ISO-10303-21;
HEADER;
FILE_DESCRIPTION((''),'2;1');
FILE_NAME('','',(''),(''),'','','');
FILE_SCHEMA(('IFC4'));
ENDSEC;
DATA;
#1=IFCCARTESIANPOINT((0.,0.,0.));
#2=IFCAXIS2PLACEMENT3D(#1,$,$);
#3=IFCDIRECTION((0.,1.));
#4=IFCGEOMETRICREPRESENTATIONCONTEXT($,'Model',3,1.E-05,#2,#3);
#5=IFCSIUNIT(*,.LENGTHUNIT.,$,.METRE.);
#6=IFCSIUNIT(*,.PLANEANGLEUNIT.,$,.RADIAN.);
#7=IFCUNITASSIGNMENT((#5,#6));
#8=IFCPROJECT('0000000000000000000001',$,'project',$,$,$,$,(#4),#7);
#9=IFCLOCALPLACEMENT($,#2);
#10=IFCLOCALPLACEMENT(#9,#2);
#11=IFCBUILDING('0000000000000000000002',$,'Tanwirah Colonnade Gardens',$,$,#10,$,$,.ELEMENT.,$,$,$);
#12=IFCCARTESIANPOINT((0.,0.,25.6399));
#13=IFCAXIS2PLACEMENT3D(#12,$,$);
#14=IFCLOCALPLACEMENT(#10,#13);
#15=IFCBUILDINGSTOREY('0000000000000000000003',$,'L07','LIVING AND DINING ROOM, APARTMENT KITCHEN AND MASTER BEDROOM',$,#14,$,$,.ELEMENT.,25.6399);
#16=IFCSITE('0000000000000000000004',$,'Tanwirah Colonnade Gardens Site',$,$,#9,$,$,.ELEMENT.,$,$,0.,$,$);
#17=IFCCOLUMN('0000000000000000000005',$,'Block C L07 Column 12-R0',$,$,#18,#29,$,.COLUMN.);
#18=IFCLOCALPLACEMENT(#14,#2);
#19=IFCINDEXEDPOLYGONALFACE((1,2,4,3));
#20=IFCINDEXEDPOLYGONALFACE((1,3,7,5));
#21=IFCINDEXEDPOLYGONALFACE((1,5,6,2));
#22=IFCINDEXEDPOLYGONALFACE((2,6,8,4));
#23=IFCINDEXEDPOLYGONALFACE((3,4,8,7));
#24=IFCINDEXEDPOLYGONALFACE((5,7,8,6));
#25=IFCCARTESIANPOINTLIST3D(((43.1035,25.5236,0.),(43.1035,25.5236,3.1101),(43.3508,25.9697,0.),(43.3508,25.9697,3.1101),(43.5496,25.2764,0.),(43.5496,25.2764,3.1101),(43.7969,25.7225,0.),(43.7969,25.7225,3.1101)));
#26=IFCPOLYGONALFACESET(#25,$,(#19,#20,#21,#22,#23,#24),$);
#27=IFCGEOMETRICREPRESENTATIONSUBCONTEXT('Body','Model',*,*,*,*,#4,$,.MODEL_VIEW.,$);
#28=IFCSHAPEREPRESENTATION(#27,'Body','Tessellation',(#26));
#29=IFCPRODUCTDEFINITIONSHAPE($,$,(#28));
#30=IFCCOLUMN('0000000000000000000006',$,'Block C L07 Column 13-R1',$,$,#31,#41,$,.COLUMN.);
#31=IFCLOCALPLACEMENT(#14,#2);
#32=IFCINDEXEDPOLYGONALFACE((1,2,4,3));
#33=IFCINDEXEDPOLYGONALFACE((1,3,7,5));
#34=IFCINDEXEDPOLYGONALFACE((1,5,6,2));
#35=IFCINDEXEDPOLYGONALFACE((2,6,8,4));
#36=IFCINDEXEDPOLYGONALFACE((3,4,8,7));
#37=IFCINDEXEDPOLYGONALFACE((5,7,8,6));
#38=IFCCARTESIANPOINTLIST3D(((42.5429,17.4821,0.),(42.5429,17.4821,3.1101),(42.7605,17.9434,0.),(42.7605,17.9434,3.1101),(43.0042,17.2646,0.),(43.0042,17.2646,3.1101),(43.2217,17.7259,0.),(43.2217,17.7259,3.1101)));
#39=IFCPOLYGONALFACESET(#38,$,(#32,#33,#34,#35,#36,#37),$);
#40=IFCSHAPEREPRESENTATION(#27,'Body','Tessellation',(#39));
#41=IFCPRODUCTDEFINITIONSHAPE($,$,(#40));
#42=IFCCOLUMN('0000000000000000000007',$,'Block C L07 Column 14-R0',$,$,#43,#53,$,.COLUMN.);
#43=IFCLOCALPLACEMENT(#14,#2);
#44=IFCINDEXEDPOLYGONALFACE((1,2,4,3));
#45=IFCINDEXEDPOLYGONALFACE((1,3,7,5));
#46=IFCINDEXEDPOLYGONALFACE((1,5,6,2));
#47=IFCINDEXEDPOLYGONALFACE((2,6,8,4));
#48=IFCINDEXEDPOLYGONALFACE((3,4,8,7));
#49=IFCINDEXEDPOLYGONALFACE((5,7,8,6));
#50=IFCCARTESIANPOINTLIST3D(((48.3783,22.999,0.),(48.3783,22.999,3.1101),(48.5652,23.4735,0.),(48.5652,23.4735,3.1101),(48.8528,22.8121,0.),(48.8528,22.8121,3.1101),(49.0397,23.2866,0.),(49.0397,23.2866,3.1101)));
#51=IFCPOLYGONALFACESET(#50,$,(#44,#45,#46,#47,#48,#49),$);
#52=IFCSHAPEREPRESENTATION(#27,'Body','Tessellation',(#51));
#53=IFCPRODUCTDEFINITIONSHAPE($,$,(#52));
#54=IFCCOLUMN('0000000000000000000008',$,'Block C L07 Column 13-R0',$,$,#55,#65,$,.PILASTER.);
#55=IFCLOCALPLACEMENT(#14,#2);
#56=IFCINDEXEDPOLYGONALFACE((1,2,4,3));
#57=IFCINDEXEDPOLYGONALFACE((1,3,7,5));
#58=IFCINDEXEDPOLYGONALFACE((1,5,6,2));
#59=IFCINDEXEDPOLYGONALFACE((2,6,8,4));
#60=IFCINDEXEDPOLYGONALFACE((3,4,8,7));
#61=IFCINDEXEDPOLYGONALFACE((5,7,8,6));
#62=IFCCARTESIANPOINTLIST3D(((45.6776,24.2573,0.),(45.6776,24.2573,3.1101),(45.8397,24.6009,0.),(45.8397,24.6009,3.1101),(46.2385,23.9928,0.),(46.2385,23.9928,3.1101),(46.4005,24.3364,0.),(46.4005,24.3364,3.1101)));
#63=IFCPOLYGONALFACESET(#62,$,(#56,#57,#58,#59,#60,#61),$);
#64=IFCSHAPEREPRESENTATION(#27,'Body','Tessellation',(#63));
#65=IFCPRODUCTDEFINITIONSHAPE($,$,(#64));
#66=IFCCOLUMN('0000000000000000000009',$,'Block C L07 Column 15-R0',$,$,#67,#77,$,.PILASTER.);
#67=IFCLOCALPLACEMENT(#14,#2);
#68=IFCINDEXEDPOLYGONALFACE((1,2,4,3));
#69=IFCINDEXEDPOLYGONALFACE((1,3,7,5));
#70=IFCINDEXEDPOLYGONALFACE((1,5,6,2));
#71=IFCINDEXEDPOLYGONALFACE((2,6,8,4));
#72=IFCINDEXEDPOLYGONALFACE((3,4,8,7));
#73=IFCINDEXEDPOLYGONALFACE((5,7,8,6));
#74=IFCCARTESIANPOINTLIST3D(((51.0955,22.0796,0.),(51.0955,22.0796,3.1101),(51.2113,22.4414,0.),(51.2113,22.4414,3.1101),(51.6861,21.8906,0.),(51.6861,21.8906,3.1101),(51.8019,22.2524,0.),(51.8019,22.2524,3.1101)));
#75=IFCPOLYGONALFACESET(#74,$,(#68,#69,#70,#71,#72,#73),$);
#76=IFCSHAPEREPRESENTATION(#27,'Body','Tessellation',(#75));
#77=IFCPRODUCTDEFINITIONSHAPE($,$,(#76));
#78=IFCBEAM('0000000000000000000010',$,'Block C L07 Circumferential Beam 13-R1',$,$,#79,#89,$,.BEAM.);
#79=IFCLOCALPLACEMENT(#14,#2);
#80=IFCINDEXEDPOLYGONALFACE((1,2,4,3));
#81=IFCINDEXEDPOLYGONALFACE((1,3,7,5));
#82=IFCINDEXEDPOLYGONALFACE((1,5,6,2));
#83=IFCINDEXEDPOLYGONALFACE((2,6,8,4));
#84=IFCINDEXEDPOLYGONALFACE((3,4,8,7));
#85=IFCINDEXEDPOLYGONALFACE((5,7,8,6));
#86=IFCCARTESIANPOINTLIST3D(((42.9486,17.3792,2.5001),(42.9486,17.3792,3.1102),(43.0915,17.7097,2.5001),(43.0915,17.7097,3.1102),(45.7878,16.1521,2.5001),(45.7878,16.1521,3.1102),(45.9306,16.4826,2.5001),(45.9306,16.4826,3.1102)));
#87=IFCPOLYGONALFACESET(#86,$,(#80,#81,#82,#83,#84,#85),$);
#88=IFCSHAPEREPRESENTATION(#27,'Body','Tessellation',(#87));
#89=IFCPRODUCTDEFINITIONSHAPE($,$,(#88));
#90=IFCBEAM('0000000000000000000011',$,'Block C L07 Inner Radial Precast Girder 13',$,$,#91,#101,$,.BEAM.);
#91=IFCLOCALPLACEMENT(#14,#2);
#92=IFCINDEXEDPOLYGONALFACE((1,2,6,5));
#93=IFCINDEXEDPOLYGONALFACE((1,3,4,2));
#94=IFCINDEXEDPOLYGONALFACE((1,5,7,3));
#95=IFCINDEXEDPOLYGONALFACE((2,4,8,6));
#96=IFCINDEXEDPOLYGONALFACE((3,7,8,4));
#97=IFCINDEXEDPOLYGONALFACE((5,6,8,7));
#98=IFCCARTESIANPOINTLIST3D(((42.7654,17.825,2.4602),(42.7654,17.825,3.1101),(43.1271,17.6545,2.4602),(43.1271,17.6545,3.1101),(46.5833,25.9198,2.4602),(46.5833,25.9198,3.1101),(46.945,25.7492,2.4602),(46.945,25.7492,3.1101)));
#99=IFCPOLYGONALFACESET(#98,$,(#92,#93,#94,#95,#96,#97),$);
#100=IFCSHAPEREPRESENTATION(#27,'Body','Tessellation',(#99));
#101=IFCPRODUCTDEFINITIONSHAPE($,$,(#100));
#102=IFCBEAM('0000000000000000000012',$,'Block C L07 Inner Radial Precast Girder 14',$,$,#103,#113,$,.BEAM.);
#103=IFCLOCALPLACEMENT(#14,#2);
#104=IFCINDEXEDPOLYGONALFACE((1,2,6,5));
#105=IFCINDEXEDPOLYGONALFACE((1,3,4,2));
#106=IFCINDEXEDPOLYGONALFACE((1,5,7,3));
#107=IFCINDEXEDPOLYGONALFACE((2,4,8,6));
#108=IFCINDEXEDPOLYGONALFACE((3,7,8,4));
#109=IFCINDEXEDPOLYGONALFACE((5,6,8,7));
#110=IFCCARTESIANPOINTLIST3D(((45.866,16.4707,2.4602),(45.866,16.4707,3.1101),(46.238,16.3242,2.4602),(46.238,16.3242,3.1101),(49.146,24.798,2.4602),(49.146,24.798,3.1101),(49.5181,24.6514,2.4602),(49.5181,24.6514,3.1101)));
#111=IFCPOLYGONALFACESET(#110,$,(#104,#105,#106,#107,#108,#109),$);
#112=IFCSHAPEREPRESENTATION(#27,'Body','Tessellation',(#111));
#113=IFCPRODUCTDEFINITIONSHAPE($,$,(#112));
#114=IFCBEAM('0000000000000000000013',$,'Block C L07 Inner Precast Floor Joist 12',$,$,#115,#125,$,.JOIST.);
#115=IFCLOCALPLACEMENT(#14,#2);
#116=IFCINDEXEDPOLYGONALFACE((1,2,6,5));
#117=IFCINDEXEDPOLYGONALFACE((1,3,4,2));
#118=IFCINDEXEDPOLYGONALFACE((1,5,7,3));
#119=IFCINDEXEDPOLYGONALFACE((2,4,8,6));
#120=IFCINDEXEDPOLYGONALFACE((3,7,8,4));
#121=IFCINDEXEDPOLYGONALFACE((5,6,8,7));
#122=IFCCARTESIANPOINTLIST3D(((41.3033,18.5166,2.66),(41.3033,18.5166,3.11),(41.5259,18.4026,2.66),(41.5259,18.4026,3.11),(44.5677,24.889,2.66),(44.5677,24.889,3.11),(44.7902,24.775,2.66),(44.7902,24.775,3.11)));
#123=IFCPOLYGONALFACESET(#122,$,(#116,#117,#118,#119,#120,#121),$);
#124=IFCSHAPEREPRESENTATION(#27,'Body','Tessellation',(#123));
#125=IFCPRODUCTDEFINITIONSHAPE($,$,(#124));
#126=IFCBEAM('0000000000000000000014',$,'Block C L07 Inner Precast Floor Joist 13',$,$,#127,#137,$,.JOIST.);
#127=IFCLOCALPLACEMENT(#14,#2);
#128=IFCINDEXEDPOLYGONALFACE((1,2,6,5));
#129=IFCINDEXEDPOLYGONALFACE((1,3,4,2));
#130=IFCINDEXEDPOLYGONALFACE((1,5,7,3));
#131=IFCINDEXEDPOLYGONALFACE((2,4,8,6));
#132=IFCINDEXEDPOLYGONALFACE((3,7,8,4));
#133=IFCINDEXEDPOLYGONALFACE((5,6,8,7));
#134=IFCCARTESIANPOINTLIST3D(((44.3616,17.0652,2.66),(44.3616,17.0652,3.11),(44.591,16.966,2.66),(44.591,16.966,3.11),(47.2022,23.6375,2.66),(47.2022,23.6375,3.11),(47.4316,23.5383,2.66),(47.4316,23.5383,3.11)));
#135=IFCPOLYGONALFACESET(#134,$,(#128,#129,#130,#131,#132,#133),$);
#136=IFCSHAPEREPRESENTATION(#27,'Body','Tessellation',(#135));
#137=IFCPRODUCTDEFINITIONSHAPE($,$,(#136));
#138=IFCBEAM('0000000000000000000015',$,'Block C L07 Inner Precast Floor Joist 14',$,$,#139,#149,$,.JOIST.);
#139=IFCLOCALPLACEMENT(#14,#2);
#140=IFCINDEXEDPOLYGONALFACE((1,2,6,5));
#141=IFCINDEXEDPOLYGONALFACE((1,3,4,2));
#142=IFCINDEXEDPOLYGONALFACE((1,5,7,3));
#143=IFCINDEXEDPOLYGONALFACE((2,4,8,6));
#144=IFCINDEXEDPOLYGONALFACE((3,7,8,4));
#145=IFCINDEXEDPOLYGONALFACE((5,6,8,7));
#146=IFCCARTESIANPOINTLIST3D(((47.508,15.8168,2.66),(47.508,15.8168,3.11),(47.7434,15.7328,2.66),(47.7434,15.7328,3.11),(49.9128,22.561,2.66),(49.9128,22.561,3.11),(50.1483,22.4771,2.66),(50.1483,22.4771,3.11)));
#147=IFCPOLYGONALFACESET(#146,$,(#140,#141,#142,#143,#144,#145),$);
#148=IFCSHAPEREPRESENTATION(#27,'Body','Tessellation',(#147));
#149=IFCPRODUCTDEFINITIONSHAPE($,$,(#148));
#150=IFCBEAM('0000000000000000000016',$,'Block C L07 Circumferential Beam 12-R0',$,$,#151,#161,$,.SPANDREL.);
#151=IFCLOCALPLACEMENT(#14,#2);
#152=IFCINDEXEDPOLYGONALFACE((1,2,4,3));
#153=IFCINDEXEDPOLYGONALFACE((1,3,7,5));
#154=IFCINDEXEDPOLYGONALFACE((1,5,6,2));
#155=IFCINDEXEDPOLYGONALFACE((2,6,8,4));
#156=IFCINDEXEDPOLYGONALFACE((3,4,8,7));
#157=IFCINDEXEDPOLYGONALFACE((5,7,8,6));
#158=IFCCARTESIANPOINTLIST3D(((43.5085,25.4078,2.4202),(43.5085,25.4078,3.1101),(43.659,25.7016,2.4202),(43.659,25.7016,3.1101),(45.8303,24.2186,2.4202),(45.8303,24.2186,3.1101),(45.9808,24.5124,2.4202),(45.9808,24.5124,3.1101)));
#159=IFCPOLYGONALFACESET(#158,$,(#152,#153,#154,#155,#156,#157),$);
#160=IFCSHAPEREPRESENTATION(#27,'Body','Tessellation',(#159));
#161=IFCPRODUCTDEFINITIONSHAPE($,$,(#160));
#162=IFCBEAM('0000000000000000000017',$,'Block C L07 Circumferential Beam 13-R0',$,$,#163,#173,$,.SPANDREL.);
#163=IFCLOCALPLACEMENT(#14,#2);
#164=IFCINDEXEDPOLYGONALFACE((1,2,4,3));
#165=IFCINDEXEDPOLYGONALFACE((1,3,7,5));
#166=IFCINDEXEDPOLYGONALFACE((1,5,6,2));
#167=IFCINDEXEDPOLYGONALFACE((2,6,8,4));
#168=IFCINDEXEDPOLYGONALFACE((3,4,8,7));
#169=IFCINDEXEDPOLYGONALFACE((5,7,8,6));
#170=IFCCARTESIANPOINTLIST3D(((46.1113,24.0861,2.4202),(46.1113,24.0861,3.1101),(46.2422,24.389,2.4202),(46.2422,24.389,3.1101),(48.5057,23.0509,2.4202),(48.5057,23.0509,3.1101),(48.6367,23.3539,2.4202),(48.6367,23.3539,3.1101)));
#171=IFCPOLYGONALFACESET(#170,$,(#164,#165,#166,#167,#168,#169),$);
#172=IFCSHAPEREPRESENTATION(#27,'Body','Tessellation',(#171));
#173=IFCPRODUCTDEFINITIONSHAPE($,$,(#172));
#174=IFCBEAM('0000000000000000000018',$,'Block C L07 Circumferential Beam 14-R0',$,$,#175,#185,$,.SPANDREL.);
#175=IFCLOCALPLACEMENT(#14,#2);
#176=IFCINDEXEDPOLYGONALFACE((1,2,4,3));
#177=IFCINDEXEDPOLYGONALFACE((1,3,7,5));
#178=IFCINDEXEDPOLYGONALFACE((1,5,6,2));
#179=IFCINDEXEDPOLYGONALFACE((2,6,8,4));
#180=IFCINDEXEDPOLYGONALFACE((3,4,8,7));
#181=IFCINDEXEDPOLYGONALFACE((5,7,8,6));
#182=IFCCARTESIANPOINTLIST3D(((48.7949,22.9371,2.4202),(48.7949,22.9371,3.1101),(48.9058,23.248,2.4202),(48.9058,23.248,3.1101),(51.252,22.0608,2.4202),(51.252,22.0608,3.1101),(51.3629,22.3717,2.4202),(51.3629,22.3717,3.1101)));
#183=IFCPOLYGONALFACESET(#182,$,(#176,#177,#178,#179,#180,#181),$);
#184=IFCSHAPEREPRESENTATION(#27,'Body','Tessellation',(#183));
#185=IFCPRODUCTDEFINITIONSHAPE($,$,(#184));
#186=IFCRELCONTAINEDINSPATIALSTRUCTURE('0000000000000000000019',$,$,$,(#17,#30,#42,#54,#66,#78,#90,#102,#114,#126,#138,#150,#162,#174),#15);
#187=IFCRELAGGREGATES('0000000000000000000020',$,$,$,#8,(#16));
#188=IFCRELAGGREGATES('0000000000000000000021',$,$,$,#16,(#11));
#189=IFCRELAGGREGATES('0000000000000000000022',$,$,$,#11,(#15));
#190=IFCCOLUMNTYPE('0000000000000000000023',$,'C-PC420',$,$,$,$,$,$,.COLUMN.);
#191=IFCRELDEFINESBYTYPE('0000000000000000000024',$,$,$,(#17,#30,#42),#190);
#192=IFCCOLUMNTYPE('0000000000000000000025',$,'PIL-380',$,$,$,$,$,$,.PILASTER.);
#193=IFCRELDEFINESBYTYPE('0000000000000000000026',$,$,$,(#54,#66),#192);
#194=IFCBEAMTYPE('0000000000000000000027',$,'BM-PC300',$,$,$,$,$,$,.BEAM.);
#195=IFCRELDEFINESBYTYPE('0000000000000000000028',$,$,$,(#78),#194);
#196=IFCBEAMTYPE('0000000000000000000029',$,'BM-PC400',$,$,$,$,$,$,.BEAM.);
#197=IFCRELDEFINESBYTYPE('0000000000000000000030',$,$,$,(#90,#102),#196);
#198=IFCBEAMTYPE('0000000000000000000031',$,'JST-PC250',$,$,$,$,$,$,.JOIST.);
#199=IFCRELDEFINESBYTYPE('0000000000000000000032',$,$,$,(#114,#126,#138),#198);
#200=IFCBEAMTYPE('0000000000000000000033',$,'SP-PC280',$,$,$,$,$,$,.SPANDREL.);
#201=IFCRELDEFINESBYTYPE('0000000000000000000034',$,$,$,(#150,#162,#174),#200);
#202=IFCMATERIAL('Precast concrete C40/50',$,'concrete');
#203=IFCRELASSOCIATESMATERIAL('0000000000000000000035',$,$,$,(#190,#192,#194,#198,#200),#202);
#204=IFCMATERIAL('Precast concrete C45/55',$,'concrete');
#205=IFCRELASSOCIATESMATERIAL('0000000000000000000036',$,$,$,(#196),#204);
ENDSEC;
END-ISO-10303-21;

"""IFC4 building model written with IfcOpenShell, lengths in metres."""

from ifc_helpers import new_model, si_unit, direction, frame, origin, origin_2d, place, context, subcontext, project, spatial, rectangle, extrude, material, material_profile, profile_set, type_object, element, save


model = new_model("IFC4")

# Units and contexts
model_context = context("Model", 3, precision=1e-05, world=origin(), true_north=direction((0.0, 1.0)))
body_context = subcontext(model_context, "Body", "Model", "MODEL_VIEW")
ifc_project = project(units=[si_unit("LENGTHUNIT", "METRE"), si_unit("PLANEANGLEUNIT", "RADIAN")], contexts=[model_context])

# Site, building, storey
site_placement = place(None, origin())
site = spatial("IfcSite", under=ifc_project, at=site_placement, Name="Tanwirah Colonnade Gardens Site", CompositionType="ELEMENT", RefElevation=0.0)
building_placement = place(site_placement, origin())
building = spatial("IfcBuilding", under=site, at=building_placement, Name="Tanwirah Colonnade Gardens", CompositionType="ELEMENT")
storey_placement = place(building_placement, frame((0.0, 0.0, 25.6399)))
storey = spatial("IfcBuildingStorey", under=building, at=storey_placement, Name="L07", Description="LIVING AND DINING ROOM, APARTMENT KITCHEN AND MASTER BEDROOM", CompositionType="ELEMENT", Elevation=25.6399)

# Columns
ifc_material_1 = material(Name="Precast concrete C40/50", Category="concrete")
ifc_material_profile_1 = material_profile(ifc_material_1, rectangle(XDim=0.51, YDim=0.51, at=origin_2d()), Name="PC-COL 510x510")
ifc_profile_set_1 = profile_set([ifc_material_profile_1], Name="Precast concrete C40/50")
column_type_1 = type_object("IfcColumnType", Name="C-PC420", PredefinedType="COLUMN", material=ifc_profile_set_1)
for number, where, z_axis, x_axis, name in (
    (1, (43.4502, 25.623, 0.0), (0.0, 0.0, 1.0), (-0.48481, -0.87462, 0.0), "Block C L07 Column 12-R0"),
    (2, (42.8823, 17.604, 0.0), (0.0, 0.0, 1.0), (-0.426569, -0.904455, 0.0), "Block C L07 Column 13-R1"),
    (3, (48.709, 23.1428, 0.0), (0.0, 0.0, 1.0), (-0.366501, -0.930418, 0.0), "Block C L07 Column 14-R0"),
):
    element("IfcColumn", number, at=place(storey_placement, frame(where, z_axis=z_axis, x_axis=x_axis)), inside=storey, type_object=column_type_1, Name=name, PredefinedType="COLUMN", context=body_context, shape_type="SweptSolid", body=[
        extrude(rectangle(XDim=0.51, YDim=0.51, at=origin_2d()), origin(), (0.0, 0.0, 1.0), 3.1101),
    ])
ifc_material_profile_2 = material_profile(ifc_material_1, rectangle(XDim=0.3799, YDim=0.6201, at=origin_2d()), Name="PC-PIL 380x620")
ifc_profile_set_2 = profile_set([ifc_material_profile_2], Name="Precast concrete C40/50")
column_type_2 = type_object("IfcColumnType", Name="PIL-380", PredefinedType="PILASTER", material=ifc_profile_set_2)
for number, where, z_axis, x_axis, name in (
    (4, (46.0391, 24.2969, 0.0), (0.0, 0.0, 1.0), (-0.426569, -0.904455, 0.0), "Block C L07 Column 13-R0"),
    (5, (51.4487, 22.166, 0.0), (0.0, 0.0, 1.0), (-0.304864, -0.952396, 0.0), "Block C L07 Column 15-R0"),
):
    element("IfcColumn", number, at=place(storey_placement, frame(where, z_axis=z_axis, x_axis=x_axis)), inside=storey, type_object=column_type_2, Name=name, PredefinedType="PILASTER", context=body_context, shape_type="SweptSolid", body=[
        extrude(rectangle(XDim=0.3799, YDim=0.6201, at=origin_2d()), origin(), (0.0, 0.0, 1.0), 3.1101),
    ])

# Beams
ifc_material_profile_3 = material_profile(ifc_material_1, rectangle(XDim=0.3601, YDim=0.6101, at=origin_2d()), Name="PC-BM 360x610")
ifc_profile_set_3 = profile_set([ifc_material_profile_3], Name="Precast concrete C40/50")
beam_type_1 = type_object("IfcBeamType", Name="BM-PC300", PredefinedType="BEAM", material=ifc_profile_set_3)
beam_1_placement = place(storey_placement, frame((43.02, 17.5444, 2.8052), z_axis=(0.917936, -0.396728, 0.0), x_axis=(0.396728, 0.917936, 0.0)))
element("IfcBeam", 6, at=beam_1_placement, inside=storey, type_object=beam_type_1, Name="Block C L07 Circumferential Beam 13-R1", PredefinedType="BEAM", context=body_context, shape_type="SweptSolid", body=[
    extrude(rectangle(XDim=0.3601, YDim=0.6101, at=origin_2d()), origin(), (0.0, 0.0, 1.0), 3.093),
])
ifc_material_2 = material(Name="Precast concrete C45/55", Category="concrete")
ifc_material_profile_4 = material_profile(ifc_material_2, rectangle(XDim=0.3999, YDim=0.6499, at=origin_2d()), Name="PC-BM 400x650")
ifc_profile_set_4 = profile_set([ifc_material_profile_4], Name="Precast concrete C45/55")
beam_type_2 = type_object("IfcBeamType", Name="BM-PC400", PredefinedType="BEAM", material=ifc_profile_set_4)
for number, where, z_axis, x_axis, name in (
    (7, (42.9463, 17.7397, 2.7852), (0.426582, 0.904449, 0.0), (-0.904449, 0.426582, 0.0), "Block C L07 Inner Radial Precast Girder 13"),
    (8, (46.052, 16.3975, 2.7852), (0.366489, 0.930422, 0.0), (-0.930422, 0.366489, 0.0), "Block C L07 Inner Radial Precast Girder 14"),
):
    element("IfcBeam", number, at=place(storey_placement, frame(where, z_axis=z_axis, x_axis=x_axis)), inside=storey, type_object=beam_type_2, Name=name, PredefinedType="BEAM", context=body_context, shape_type="SweptSolid", body=[
        extrude(rectangle(XDim=0.3999, YDim=0.6499, at=origin_2d()), origin(), (0.0, 0.0, 1.0), 8.95),
    ])
ifc_material_profile_5 = material_profile(ifc_material_1, rectangle(XDim=0.25, YDim=0.45, at=origin_2d()), Name="PC-JST 250x450")
ifc_profile_set_5 = profile_set([ifc_material_profile_5], Name="Precast concrete C40/50")
beam_type_3 = type_object("IfcBeamType", Name="JST-PC250", PredefinedType="JOIST", material=ifc_profile_set_5)
for number, where, z_axis, x_axis, name in (
    (9, (44.679, 24.832, 2.885), (-0.455921, -0.89002, 0.0), (0.89002, -0.455921, 0.0), "Block C L07 Inner Precast Floor Joist 12"),
    (10, (47.3169, 23.5879, 2.885), (-0.396736, -0.917933, 0.0), (0.917933, -0.396736, 0.0), "Block C L07 Inner Precast Floor Joist 13"),
):
    element("IfcBeam", number, at=place(storey_placement, frame(where, z_axis=z_axis, x_axis=x_axis)), inside=storey, type_object=beam_type_3, Name=name, PredefinedType="JOIST", context=body_context, shape_type="SweptSolid", body=[
        extrude(rectangle(XDim=0.25, YDim=0.45, at=origin_2d()), origin(), (0.0, 0.0, 1.0), 7.1599),
    ])
beam_2_placement = place(storey_placement, frame((50.0305, 22.519, 2.885), z_axis=(-0.335861, -0.941912, 0.0), x_axis=(0.941912, -0.335861, 0.0)))
element("IfcBeam", 11, at=beam_2_placement, inside=storey, type_object=beam_type_3, Name="Block C L07 Inner Precast Floor Joist 14", PredefinedType="JOIST", context=body_context, shape_type="SweptSolid", body=[
    extrude(rectangle(XDim=0.25, YDim=0.45, at=origin_2d()), origin(), (0.0, 0.0, 1.0), 7.1602),
])
ifc_material_profile_6 = material_profile(ifc_material_1, rectangle(XDim=0.3301, YDim=0.6899, at=origin_2d()), Name="PC-SP 330x690")
ifc_profile_set_6 = profile_set([ifc_material_profile_6], Name="Precast concrete C40/50")
beam_type_4 = type_object("IfcBeamType", Name="SP-PC280", PredefinedType="SPANDREL", material=ifc_profile_set_6)
for number, where, z_axis, x_axis, name in (
    (12, (43.5837, 25.5547, 2.7651), (0.890042, -0.455878, 0.0), (0.455878, 0.890042, 0.0), "Block C L07 Circumferential Beam 12-R0"),
    (13, (46.1768, 24.2375, 2.7651), (0.917901, -0.396809, 0.0), (0.396809, 0.917901, 0.0), "Block C L07 Circumferential Beam 13-R0"),
    (14, (48.8503, 23.0925, 2.7651), (0.941898, -0.335898, 0.0), (0.335898, 0.941898, 0.0), "Block C L07 Circumferential Beam 14-R0"),
):
    element("IfcBeam", number, at=place(storey_placement, frame(where, z_axis=z_axis, x_axis=x_axis)), inside=storey, type_object=beam_type_4, Name=name, PredefinedType="SPANDREL", context=body_context, shape_type="SweptSolid", body=[
        extrude(rectangle(XDim=0.3301, YDim=0.6899, at=origin_2d()), origin(), (0.0, 0.0, 1.0), 2.6086),
    ])

save(model, "model.ifc")
